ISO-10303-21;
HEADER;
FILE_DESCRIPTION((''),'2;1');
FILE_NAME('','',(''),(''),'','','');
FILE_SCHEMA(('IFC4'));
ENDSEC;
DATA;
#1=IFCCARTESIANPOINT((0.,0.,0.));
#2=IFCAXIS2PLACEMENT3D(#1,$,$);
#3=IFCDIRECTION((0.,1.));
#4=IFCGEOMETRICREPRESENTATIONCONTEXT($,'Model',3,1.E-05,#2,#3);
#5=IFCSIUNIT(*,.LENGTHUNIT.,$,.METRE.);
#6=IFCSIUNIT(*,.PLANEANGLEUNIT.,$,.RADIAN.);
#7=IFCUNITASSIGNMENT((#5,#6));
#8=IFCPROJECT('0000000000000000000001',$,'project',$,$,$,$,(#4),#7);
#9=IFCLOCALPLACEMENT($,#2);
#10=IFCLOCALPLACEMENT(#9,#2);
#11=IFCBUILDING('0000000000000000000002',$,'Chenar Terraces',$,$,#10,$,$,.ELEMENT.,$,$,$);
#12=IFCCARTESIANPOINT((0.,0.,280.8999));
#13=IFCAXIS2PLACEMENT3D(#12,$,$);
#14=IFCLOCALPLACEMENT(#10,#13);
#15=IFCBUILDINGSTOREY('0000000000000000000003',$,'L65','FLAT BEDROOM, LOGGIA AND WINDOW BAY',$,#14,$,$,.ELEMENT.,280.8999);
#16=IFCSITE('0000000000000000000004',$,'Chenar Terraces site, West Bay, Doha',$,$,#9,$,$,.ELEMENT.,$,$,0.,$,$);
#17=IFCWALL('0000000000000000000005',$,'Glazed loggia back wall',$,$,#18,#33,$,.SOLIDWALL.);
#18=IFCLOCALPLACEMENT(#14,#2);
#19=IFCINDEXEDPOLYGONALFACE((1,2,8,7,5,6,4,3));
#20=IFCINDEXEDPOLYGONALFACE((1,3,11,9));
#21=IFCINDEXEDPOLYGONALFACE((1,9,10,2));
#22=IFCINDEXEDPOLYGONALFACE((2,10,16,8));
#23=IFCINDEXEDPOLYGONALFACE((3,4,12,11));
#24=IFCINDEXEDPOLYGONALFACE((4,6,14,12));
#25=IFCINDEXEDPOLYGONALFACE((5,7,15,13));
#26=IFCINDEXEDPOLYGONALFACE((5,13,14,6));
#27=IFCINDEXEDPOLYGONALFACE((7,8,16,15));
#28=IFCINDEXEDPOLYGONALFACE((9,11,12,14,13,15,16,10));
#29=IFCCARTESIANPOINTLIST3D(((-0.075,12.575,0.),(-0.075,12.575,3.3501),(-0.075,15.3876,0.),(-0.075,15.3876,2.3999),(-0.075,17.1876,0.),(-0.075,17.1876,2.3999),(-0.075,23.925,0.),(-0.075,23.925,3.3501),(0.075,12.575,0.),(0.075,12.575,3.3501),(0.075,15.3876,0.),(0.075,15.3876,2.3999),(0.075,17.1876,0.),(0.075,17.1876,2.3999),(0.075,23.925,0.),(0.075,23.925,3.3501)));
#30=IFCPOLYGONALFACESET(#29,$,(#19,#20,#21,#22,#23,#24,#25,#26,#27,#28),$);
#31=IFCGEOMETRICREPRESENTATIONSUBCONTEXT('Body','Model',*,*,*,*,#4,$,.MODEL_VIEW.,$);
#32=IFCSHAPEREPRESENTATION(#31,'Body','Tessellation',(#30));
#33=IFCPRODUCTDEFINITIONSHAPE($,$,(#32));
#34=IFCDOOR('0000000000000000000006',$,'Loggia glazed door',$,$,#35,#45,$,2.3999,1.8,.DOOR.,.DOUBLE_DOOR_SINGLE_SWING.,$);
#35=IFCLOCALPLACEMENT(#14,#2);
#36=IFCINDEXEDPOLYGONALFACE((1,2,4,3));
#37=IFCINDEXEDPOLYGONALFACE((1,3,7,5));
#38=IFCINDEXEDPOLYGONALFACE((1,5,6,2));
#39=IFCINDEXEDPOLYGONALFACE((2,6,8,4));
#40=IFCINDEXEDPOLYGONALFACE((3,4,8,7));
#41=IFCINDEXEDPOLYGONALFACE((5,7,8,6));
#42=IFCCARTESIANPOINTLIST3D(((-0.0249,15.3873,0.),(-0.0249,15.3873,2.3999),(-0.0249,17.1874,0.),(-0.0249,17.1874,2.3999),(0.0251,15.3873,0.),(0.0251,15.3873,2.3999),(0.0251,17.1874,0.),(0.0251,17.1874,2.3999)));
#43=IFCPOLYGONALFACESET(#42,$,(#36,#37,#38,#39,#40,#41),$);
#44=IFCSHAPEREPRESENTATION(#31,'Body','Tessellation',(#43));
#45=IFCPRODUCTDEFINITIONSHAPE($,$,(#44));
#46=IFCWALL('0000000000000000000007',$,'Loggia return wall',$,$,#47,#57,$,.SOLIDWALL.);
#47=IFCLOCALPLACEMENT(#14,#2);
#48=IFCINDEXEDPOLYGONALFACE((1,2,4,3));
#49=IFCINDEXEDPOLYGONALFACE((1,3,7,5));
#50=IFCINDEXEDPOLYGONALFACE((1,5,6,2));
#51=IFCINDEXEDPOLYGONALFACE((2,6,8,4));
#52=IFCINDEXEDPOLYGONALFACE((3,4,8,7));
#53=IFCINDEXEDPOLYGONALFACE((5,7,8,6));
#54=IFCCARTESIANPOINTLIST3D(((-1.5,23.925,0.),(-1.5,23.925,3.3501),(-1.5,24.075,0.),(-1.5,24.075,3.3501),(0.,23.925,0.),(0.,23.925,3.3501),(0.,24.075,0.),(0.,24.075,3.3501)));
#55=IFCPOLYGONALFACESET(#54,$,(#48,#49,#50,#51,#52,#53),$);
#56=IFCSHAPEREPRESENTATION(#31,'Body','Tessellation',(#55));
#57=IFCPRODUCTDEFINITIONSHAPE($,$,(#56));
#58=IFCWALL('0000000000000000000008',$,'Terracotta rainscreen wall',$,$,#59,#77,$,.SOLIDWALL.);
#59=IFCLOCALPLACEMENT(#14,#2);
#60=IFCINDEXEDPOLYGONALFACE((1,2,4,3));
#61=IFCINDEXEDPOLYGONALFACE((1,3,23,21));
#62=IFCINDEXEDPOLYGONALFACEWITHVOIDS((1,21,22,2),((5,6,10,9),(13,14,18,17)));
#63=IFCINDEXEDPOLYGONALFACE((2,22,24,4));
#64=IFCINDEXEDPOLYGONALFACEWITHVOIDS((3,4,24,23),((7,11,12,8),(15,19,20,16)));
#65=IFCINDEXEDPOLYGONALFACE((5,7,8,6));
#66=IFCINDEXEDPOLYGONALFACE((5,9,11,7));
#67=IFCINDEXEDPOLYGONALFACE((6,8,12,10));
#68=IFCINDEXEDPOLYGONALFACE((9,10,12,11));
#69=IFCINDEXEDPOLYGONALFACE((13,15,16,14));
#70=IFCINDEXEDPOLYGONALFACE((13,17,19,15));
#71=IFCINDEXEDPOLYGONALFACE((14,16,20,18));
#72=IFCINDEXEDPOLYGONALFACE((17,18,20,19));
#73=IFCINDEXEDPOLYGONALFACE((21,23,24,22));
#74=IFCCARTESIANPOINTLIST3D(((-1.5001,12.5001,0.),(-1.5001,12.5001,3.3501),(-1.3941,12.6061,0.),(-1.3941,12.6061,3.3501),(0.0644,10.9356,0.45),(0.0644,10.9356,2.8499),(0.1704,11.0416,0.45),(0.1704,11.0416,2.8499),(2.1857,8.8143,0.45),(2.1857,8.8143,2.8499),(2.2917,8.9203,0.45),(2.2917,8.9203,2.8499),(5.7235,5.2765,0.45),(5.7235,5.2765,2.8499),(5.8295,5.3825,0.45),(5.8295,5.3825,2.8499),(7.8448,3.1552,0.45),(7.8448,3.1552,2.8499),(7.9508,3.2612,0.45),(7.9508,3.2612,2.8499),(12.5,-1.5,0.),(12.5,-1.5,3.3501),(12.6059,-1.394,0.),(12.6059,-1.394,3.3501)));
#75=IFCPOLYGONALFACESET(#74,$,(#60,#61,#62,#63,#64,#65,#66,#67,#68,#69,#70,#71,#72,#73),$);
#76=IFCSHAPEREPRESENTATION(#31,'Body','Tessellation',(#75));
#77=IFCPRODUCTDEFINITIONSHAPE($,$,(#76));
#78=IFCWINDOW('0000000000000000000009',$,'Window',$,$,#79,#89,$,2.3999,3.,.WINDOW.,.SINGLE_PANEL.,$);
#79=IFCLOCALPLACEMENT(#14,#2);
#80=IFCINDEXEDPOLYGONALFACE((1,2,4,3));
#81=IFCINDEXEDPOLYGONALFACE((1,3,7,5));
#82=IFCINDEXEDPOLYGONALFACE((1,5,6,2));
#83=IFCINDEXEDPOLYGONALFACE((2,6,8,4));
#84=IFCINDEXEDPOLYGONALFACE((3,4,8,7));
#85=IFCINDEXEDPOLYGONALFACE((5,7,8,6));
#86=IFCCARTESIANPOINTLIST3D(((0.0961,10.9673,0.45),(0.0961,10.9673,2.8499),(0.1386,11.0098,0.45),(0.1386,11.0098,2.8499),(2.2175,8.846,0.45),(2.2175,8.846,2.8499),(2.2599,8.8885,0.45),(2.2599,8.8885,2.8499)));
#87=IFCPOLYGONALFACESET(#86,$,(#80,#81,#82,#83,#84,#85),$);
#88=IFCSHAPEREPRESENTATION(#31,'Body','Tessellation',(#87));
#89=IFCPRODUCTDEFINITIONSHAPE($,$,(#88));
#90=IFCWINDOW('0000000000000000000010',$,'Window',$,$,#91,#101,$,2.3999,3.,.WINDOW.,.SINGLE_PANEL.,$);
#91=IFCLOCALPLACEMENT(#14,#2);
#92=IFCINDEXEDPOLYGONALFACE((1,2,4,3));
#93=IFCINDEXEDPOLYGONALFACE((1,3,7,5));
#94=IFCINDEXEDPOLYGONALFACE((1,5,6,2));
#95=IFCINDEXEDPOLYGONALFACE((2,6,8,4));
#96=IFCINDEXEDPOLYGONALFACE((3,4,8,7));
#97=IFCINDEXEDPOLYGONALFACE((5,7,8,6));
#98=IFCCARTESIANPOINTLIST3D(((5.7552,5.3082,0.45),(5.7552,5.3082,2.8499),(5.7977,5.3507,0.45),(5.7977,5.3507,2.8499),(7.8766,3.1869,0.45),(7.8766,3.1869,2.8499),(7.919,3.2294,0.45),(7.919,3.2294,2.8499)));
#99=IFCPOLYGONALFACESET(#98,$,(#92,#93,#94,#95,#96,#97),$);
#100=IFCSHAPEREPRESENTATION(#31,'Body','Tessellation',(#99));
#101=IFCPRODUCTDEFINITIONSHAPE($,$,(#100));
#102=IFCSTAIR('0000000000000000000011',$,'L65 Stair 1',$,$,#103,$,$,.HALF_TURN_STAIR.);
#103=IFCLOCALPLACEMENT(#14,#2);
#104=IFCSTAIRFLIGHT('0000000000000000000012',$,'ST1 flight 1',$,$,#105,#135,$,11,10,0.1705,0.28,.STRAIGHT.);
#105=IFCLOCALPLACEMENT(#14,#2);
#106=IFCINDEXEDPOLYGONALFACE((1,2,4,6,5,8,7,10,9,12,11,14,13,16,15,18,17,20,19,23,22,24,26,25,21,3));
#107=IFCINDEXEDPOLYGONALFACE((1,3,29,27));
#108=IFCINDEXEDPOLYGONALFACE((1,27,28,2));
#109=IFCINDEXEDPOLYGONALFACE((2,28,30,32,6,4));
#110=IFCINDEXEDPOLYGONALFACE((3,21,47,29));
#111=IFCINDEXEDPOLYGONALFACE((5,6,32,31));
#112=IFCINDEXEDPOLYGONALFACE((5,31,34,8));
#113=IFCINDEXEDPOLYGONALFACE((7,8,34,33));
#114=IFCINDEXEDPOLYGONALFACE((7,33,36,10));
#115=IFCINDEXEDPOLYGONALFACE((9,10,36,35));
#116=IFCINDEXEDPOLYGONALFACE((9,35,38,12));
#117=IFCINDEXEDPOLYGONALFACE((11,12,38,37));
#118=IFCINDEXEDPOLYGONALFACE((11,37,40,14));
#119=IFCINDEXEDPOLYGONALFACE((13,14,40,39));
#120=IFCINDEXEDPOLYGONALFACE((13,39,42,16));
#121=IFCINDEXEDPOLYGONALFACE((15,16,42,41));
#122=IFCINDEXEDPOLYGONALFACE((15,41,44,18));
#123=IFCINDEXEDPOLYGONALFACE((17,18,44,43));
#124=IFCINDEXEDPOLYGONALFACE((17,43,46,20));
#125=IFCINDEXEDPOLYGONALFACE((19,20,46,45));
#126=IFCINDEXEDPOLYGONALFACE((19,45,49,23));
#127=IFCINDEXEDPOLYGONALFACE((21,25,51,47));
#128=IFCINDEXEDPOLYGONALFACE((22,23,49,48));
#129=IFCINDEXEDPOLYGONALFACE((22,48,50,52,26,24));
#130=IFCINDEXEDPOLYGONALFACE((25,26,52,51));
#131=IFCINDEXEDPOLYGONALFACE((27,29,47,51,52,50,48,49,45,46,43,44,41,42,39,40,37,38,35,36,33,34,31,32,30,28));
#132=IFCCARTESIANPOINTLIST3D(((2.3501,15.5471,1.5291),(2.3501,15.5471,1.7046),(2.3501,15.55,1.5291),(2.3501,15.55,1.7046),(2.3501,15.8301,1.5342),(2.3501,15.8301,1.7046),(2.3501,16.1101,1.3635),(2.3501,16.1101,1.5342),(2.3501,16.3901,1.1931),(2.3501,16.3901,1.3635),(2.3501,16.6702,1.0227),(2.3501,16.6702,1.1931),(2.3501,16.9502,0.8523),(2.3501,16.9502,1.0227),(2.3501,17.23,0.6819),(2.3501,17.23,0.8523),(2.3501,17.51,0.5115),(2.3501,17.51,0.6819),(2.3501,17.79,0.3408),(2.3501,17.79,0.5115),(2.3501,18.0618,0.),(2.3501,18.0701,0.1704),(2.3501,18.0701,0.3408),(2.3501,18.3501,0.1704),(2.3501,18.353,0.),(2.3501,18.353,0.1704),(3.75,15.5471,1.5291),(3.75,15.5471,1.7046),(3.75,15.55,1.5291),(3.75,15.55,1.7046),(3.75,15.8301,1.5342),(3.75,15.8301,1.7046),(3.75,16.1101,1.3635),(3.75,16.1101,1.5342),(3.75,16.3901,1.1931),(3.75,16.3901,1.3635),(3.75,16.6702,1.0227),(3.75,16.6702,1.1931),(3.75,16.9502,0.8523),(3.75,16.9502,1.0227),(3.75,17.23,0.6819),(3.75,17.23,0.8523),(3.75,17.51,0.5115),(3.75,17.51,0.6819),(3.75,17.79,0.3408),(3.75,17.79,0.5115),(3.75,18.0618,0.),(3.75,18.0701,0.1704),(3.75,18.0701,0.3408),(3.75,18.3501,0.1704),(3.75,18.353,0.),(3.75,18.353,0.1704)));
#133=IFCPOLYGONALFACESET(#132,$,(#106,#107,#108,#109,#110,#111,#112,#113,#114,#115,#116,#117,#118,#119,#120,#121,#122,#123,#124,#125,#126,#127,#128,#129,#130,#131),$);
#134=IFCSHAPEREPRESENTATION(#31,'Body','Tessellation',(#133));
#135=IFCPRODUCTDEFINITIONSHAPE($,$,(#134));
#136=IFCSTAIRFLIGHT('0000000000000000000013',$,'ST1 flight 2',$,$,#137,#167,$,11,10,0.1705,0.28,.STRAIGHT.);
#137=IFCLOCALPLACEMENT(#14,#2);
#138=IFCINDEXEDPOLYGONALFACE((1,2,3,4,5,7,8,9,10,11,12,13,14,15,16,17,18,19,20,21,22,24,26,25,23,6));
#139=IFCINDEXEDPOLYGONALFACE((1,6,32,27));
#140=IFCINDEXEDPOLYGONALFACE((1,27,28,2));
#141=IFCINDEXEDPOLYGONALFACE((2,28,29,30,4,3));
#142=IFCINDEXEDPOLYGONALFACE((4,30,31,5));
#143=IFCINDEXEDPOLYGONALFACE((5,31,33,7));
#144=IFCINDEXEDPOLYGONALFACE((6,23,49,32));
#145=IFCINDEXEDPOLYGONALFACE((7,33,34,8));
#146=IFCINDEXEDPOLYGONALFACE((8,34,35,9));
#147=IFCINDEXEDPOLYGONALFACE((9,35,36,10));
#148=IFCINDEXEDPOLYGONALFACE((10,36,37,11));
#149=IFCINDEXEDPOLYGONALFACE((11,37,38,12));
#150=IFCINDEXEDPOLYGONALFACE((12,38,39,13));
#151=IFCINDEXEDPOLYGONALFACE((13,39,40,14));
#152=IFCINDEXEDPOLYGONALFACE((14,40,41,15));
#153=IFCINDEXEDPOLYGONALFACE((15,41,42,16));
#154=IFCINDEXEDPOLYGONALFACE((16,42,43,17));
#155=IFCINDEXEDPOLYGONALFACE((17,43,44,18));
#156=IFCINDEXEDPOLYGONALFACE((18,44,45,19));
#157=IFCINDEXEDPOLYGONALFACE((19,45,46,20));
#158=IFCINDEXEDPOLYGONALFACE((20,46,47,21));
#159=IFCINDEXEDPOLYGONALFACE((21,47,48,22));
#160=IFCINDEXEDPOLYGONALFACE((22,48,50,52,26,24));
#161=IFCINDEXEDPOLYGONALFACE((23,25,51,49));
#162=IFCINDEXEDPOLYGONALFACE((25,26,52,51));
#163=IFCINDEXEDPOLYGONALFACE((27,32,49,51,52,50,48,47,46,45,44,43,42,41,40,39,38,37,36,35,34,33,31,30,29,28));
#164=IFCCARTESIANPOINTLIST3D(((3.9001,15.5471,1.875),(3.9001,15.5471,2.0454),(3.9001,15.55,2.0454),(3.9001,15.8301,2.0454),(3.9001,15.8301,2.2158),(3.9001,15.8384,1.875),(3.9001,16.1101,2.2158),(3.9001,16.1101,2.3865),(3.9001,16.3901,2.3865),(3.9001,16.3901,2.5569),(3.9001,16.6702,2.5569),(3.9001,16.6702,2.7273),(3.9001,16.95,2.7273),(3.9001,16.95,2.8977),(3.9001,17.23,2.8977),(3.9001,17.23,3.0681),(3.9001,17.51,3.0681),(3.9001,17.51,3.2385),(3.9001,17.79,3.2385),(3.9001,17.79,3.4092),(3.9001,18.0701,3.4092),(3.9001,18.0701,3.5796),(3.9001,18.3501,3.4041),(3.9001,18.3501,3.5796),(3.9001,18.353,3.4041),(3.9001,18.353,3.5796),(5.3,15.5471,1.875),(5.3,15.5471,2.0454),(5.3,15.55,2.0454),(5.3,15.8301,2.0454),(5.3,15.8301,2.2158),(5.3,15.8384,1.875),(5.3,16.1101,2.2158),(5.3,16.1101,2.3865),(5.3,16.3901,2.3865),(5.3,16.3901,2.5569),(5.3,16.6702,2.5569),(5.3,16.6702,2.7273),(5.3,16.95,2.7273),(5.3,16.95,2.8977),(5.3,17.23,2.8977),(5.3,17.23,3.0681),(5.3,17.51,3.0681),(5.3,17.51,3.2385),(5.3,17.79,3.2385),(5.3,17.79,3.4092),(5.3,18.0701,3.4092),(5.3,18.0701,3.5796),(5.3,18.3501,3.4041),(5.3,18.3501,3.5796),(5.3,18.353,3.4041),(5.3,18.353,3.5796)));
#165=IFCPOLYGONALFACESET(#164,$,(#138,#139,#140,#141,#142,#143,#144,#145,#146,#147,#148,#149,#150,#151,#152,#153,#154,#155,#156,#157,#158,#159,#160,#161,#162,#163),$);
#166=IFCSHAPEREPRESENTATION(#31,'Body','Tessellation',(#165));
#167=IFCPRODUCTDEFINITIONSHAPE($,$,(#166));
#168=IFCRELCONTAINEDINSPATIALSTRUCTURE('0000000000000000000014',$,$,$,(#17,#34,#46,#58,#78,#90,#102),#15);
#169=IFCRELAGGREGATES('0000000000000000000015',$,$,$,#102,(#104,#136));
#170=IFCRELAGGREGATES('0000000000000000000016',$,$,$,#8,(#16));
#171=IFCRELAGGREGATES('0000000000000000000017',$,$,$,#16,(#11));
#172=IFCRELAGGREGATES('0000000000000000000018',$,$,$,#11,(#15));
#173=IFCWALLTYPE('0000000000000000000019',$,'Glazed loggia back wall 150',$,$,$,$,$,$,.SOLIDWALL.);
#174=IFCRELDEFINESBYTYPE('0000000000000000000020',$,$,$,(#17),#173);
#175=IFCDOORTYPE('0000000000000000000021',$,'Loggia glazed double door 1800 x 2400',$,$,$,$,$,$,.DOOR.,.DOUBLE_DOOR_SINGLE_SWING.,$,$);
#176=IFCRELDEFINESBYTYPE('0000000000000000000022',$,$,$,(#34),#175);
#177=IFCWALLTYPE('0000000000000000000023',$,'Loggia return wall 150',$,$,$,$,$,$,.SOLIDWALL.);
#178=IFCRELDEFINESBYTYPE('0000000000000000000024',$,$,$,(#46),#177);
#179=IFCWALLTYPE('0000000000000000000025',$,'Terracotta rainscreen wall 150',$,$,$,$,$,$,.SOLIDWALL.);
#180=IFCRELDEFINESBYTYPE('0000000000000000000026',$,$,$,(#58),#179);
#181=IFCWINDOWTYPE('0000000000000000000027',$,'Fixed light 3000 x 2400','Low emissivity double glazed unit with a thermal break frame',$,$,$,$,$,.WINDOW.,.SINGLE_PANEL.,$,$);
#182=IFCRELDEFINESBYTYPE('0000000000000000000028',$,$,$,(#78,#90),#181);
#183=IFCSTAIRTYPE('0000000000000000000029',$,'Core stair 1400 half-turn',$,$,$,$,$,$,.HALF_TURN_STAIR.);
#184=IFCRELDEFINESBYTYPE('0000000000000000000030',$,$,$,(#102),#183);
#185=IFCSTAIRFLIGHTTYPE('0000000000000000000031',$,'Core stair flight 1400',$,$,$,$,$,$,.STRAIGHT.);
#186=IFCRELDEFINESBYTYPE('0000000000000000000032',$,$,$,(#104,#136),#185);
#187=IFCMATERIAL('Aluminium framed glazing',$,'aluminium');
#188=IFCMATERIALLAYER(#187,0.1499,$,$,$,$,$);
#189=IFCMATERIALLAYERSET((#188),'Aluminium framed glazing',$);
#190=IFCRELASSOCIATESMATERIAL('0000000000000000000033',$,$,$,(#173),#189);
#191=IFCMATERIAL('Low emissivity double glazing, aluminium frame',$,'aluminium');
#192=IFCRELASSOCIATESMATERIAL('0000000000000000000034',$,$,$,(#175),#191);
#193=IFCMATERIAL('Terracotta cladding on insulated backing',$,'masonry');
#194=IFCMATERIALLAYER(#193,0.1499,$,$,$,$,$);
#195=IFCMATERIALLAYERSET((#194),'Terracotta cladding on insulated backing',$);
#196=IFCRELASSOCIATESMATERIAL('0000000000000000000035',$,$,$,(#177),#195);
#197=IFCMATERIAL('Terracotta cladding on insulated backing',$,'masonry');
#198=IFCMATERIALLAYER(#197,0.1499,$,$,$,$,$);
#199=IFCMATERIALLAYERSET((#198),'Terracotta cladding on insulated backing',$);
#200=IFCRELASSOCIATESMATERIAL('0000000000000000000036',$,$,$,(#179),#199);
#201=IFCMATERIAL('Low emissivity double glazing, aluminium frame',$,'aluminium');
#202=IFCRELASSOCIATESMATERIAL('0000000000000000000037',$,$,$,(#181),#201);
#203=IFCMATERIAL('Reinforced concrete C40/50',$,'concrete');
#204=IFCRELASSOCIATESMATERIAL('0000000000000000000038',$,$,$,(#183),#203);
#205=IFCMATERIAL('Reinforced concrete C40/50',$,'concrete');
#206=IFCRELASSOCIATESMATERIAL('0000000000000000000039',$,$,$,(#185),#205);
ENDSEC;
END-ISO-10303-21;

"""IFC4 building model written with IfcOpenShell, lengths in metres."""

from ifc_helpers import new_model, si_unit, direction, frame, frame_2d, origin, place, context, subcontext, project, spatial, polyline, rectangle, outline, extrude, material, layer, layer_set, type_object, element, fill, aggregate, save


model = new_model("IFC4")

# Units and contexts
model_context = context("Model", 3, precision=1e-05, world=origin(), true_north=direction((0.0, 1.0)))
body_context = subcontext(model_context, "Body", "Model", "MODEL_VIEW")
ifc_project = project(units=[si_unit("LENGTHUNIT", "METRE"), si_unit("PLANEANGLEUNIT", "RADIAN")], contexts=[model_context])

# Site, building, storey
site_placement = place(None, origin())
site = spatial("IfcSite", under=ifc_project, at=site_placement, Name="Chenar Terraces site, West Bay, Doha", CompositionType="ELEMENT", RefElevation=0.0)
building_placement = place(site_placement, origin())
building = spatial("IfcBuilding", under=site, at=building_placement, Name="Chenar Terraces", CompositionType="ELEMENT")
storey_placement = place(building_placement, frame((0.0, 0.0, 280.8999)))
storey = spatial("IfcBuildingStorey", under=building, at=storey_placement, Name="L65", Description="FLAT BEDROOM, LOGGIA AND WINDOW BAY", CompositionType="ELEMENT", Elevation=280.8999)

# Wall, opening, door
ifc_material_1 = material(Name="Aluminium framed glazing", Category="aluminium")
ifc_layer_1 = layer(ifc_material_1, 0.1499)
ifc_layer_set_1 = layer_set([ifc_layer_1], Name="Aluminium framed glazing")
wall_type_1 = type_object("IfcWallType", Name="Glazed loggia back wall 150", PredefinedType="SOLIDWALL", material=ifc_layer_set_1)
wall_1_placement = place(storey_placement, frame((0.0, 23.925, 0.0), z_axis=(0.0, 0.0, 1.0), x_axis=(0.0, -1.0, 0.0)))
wall_1 = element("IfcWall", 1, at=wall_1_placement, inside=storey, type_object=wall_type_1, Name="Glazed loggia back wall", PredefinedType="SOLIDWALL", context=body_context, shape_type="SweptSolid", body=[
    extrude(rectangle(XDim=11.3501, YDim=0.1499, at=frame_2d((5.675, 0.0))), origin(), (0.0, 0.0, 1.0), 3.3501),
])
opening_1_placement = place(wall_1_placement, frame((6.7375, 0.0, 0.0)))
opening_1 = element("IfcOpeningElement", 2, at=opening_1_placement, cuts=wall_1, PredefinedType="OPENING", context=body_context, shape_type="SweptSolid", body=[
    extrude(rectangle(XDim=1.8, YDim=2.3999, at=frame_2d((0.8999, 1.2))), frame((0.0, 0.085, 0.0), z_axis=(0.0, -1.0, 0.0), x_axis=(1.0, 0.0, 0.0)), (0.0, 0.0, 1.0), 0.1699),
])
ifc_material_2 = material(Name="Low emissivity double glazing, aluminium frame", Category="aluminium")
door_type_1 = type_object("IfcDoorType", Name="Loggia glazed double door 1800 x 2400", OperationType="DOUBLE_DOOR_SINGLE_SWING", PredefinedType="DOOR", material=ifc_material_2)
door_1_placement = place(opening_1_placement, frame((1.8, 0.0, 0.0), z_axis=(0.0, 0.0, 1.0), x_axis=(-1.0, 0.0, 0.0)))
door_1 = element("IfcDoor", 3, at=door_1_placement, inside=storey, type_object=door_type_1, Name="Loggia glazed door", OperationType="DOUBLE_DOOR_SINGLE_SWING", OverallHeight=2.3999, OverallWidth=1.8, PredefinedType="DOOR", context=body_context, shape_type="SweptSolid", body=[
    extrude(rectangle(XDim=1.8, YDim=2.3999, at=frame_2d((0.8999, 1.2))), frame((0.0, 0.0249, 0.0), z_axis=(0.0, -1.0, 0.0), x_axis=(1.0, 0.0, 0.0)), (0.0, 0.0, 1.0), 0.05),
])
fill(opening_1, door_1)

# Wall
ifc_material_3 = material(Name="Terracotta cladding on insulated backing", Category="masonry")
ifc_layer_2 = layer(ifc_material_3, 0.1499)
ifc_layer_set_2 = layer_set([ifc_layer_2], Name="Terracotta cladding on insulated backing")
wall_type_2 = type_object("IfcWallType", Name="Loggia return wall 150", PredefinedType="SOLIDWALL", material=ifc_layer_set_2)
wall_2_placement = place(storey_placement, frame((-1.5, 24.0, 0.0), z_axis=(0.0, 0.0, 1.0), x_axis=(1.0, 0.0, 0.0)))
element("IfcWall", 4, at=wall_2_placement, inside=storey, type_object=wall_type_2, Name="Loggia return wall", PredefinedType="SOLIDWALL", context=body_context, shape_type="SweptSolid", body=[
    extrude(rectangle(XDim=1.5, YDim=0.1499, at=frame_2d((0.75, 0.0))), origin(), (0.0, 0.0, 1.0), 3.3501),
])

# Wall, openings, windows
ifc_material_4 = material(Name="Terracotta cladding on insulated backing", Category="masonry")
ifc_layer_3 = layer(ifc_material_4, 0.1499)
ifc_layer_set_3 = layer_set([ifc_layer_3], Name="Terracotta cladding on insulated backing")
wall_type_3 = type_object("IfcWallType", Name="Terracotta rainscreen wall 150", PredefinedType="SOLIDWALL", material=ifc_layer_set_3)
wall_3_placement = place(storey_placement, frame((-1.447, 12.553, 0.0), z_axis=(0.0, 0.0, 1.0), x_axis=(0.707107, -0.707107, 0.0)))
wall_3 = element("IfcWall", 5, at=wall_3_placement, inside=storey, type_object=wall_type_3, Name="Terracotta rainscreen wall", PredefinedType="SOLIDWALL", context=body_context, shape_type="SweptSolid", body=[
    extrude(rectangle(XDim=19.7991, YDim=0.1499, at=frame_2d((9.8994, 0.0))), origin(), (0.0, 0.0, 1.0), 3.3501),
])
opening_2_placement = place(wall_3_placement, frame((2.2124, 0.0, 0.45)))
opening_2 = element("IfcOpeningElement", 6, at=opening_2_placement, cuts=wall_3, PredefinedType="OPENING", context=body_context, shape_type="SweptSolid", body=[
    extrude(rectangle(XDim=3.0, YDim=2.3999, at=frame_2d((1.5, 1.2))), frame((0.0, 0.085, 0.0), z_axis=(0.0, -1.0, 0.0), x_axis=(1.0, 0.0, 0.0)), (0.0, 0.0, 1.0), 0.1699),
])
opening_3_placement = place(wall_3_placement, frame((10.2156, 0.0, 0.45)))
opening_3 = element("IfcOpeningElement", 7, at=opening_3_placement, cuts=wall_3, PredefinedType="OPENING", context=body_context, shape_type="SweptSolid", body=[
    extrude(rectangle(XDim=3.0, YDim=2.3999, at=frame_2d((1.5, 1.2))), frame((0.0, 0.085, 0.0), z_axis=(0.0, -1.0, 0.0), x_axis=(1.0, 0.0, 0.0)), (0.0, 0.0, 1.0), 0.1699),
])
ifc_material_5 = material(Name="Low emissivity double glazing, aluminium frame", Category="aluminium")
window_type = type_object("IfcWindowType", Name="Fixed light 3000 x 2400", Description="Low emissivity double glazed unit with a thermal break frame", PartitioningType="SINGLE_PANEL", PredefinedType="WINDOW", material=ifc_material_5)
window_1_placement = place(opening_2_placement, origin())
window_1 = element("IfcWindow", 8, at=window_1_placement, inside=storey, type_object=window_type, Name="Window", OverallHeight=2.3999, OverallWidth=3.0, PartitioningType="SINGLE_PANEL", PredefinedType="WINDOW", context=body_context, shape_type="SweptSolid", body=[
    extrude(rectangle(XDim=3.0, YDim=2.3999, at=frame_2d((1.5, 1.2))), frame((0.0, 0.03, 0.0), z_axis=(0.0, -1.0, 0.0), x_axis=(1.0, 0.0, 0.0)), (0.0, 0.0, 1.0), 0.0601),
])
fill(opening_2, window_1)
window_2_placement = place(opening_3_placement, origin())
window_2 = element("IfcWindow", 9, at=window_2_placement, inside=storey, type_object=window_type, Name="Window", OverallHeight=2.3999, OverallWidth=3.0, PartitioningType="SINGLE_PANEL", PredefinedType="WINDOW", context=body_context, shape_type="SweptSolid", body=[
    extrude(rectangle(XDim=3.0, YDim=2.3999, at=frame_2d((1.5, 1.2))), frame((0.0, 0.03, 0.0), z_axis=(0.0, -1.0, 0.0), x_axis=(1.0, 0.0, 0.0)), (0.0, 0.0, 1.0), 0.0601),
])
fill(opening_3, window_2)

# Stair, stair flights
ifc_material_6 = material(Name="Reinforced concrete C40/50", Category="concrete")
stair_type = type_object("IfcStairType", Name="Core stair 1400 half-turn", PredefinedType="HALF_TURN_STAIR", material=ifc_material_6)
stair_placement = place(storey_placement, origin())
stair = element("IfcStair", 10, at=stair_placement, inside=storey, type_object=stair_type, Name="L65 Stair 1", PredefinedType="HALF_TURN_STAIR")
ifc_material_7 = material(Name="Reinforced concrete C40/50", Category="concrete")
stair_flight_type = type_object("IfcStairFlightType", Name="Core stair flight 1400", PredefinedType="STRAIGHT", material=ifc_material_7)
stair_flight_1_placement = place(storey_placement, frame((3.05, 18.3501, 0.0), z_axis=(0.0, 0.0, 1.0), x_axis=(0.0, -1.0, 0.0)))
stair_flight_1 = element("IfcStairFlight", 11, at=stair_flight_1_placement, type_object=stair_flight_type, Name="ST1 flight 1", NumberOfRisers=11, NumberOfTreads=10, PredefinedType="STRAIGHT", RiserHeight=0.1705, TreadLength=0.28, context=body_context, shape_type="SweptSolid", body=[
    extrude(outline(polyline([(-0.0029, 0.0), (-0.0029, 0.1704), (0.0, 0.1704), (0.28, 0.1704), (0.28, 0.3408), (0.5601, 0.3408), (0.5601, 0.5115), (0.8401, 0.5115), (0.8401, 0.6819), (1.1201, 0.6819), (1.1201, 0.8523), (1.3999, 0.8523), (1.3999, 1.0227), (1.6799, 1.0227), (1.6799, 1.1931), (1.96, 1.1931), (1.96, 1.3635), (2.24, 1.3635), (2.24, 1.5342), (2.52, 1.5342), (2.52, 1.7046), (2.8, 1.7046), (2.803, 1.7046), (2.803, 1.5291), (2.8, 1.5291), (0.2883, 0.0), (-0.0029, 0.0)])), frame((0.0, 0.7, 0.0), z_axis=(0.0, -1.0, 0.0), x_axis=(1.0, 0.0, 0.0)), (0.0, 0.0, 1.0), 1.3999),
])
stair_flight_2_placement = place(storey_placement, frame((4.6001, 15.55, 1.875), z_axis=(0.0, 0.0, 1.0), x_axis=(0.0, 1.0, 0.0)))
stair_flight_2 = element("IfcStairFlight", 12, at=stair_flight_2_placement, type_object=stair_flight_type, Name="ST1 flight 2", NumberOfRisers=11, NumberOfTreads=10, PredefinedType="STRAIGHT", RiserHeight=0.1705, TreadLength=0.28, context=body_context, shape_type="SweptSolid", body=[
    extrude(outline(polyline([(-0.0029, 0.0), (-0.0029, 0.1704), (0.0, 0.1704), (0.28, 0.1704), (0.28, 0.3408), (0.5601, 0.3408), (0.5601, 0.5115), (0.8401, 0.5115), (0.8401, 0.6819), (1.1201, 0.6819), (1.1201, 0.8523), (1.3999, 0.8523), (1.3999, 1.0227), (1.6799, 1.0227), (1.6799, 1.1931), (1.96, 1.1931), (1.96, 1.3635), (2.24, 1.3635), (2.24, 1.5342), (2.52, 1.5342), (2.52, 1.7046), (2.8, 1.7046), (2.803, 1.7046), (2.803, 1.5291), (2.8, 1.5291), (0.2883, 0.0), (-0.0029, 0.0)])), frame((0.0, 0.7, 0.0), z_axis=(0.0, -1.0, 0.0), x_axis=(1.0, 0.0, 0.0)), (0.0, 0.0, 1.0), 1.3999),
])
aggregate(stair, [stair_flight_1, stair_flight_2])

save(model, "model.ifc")
